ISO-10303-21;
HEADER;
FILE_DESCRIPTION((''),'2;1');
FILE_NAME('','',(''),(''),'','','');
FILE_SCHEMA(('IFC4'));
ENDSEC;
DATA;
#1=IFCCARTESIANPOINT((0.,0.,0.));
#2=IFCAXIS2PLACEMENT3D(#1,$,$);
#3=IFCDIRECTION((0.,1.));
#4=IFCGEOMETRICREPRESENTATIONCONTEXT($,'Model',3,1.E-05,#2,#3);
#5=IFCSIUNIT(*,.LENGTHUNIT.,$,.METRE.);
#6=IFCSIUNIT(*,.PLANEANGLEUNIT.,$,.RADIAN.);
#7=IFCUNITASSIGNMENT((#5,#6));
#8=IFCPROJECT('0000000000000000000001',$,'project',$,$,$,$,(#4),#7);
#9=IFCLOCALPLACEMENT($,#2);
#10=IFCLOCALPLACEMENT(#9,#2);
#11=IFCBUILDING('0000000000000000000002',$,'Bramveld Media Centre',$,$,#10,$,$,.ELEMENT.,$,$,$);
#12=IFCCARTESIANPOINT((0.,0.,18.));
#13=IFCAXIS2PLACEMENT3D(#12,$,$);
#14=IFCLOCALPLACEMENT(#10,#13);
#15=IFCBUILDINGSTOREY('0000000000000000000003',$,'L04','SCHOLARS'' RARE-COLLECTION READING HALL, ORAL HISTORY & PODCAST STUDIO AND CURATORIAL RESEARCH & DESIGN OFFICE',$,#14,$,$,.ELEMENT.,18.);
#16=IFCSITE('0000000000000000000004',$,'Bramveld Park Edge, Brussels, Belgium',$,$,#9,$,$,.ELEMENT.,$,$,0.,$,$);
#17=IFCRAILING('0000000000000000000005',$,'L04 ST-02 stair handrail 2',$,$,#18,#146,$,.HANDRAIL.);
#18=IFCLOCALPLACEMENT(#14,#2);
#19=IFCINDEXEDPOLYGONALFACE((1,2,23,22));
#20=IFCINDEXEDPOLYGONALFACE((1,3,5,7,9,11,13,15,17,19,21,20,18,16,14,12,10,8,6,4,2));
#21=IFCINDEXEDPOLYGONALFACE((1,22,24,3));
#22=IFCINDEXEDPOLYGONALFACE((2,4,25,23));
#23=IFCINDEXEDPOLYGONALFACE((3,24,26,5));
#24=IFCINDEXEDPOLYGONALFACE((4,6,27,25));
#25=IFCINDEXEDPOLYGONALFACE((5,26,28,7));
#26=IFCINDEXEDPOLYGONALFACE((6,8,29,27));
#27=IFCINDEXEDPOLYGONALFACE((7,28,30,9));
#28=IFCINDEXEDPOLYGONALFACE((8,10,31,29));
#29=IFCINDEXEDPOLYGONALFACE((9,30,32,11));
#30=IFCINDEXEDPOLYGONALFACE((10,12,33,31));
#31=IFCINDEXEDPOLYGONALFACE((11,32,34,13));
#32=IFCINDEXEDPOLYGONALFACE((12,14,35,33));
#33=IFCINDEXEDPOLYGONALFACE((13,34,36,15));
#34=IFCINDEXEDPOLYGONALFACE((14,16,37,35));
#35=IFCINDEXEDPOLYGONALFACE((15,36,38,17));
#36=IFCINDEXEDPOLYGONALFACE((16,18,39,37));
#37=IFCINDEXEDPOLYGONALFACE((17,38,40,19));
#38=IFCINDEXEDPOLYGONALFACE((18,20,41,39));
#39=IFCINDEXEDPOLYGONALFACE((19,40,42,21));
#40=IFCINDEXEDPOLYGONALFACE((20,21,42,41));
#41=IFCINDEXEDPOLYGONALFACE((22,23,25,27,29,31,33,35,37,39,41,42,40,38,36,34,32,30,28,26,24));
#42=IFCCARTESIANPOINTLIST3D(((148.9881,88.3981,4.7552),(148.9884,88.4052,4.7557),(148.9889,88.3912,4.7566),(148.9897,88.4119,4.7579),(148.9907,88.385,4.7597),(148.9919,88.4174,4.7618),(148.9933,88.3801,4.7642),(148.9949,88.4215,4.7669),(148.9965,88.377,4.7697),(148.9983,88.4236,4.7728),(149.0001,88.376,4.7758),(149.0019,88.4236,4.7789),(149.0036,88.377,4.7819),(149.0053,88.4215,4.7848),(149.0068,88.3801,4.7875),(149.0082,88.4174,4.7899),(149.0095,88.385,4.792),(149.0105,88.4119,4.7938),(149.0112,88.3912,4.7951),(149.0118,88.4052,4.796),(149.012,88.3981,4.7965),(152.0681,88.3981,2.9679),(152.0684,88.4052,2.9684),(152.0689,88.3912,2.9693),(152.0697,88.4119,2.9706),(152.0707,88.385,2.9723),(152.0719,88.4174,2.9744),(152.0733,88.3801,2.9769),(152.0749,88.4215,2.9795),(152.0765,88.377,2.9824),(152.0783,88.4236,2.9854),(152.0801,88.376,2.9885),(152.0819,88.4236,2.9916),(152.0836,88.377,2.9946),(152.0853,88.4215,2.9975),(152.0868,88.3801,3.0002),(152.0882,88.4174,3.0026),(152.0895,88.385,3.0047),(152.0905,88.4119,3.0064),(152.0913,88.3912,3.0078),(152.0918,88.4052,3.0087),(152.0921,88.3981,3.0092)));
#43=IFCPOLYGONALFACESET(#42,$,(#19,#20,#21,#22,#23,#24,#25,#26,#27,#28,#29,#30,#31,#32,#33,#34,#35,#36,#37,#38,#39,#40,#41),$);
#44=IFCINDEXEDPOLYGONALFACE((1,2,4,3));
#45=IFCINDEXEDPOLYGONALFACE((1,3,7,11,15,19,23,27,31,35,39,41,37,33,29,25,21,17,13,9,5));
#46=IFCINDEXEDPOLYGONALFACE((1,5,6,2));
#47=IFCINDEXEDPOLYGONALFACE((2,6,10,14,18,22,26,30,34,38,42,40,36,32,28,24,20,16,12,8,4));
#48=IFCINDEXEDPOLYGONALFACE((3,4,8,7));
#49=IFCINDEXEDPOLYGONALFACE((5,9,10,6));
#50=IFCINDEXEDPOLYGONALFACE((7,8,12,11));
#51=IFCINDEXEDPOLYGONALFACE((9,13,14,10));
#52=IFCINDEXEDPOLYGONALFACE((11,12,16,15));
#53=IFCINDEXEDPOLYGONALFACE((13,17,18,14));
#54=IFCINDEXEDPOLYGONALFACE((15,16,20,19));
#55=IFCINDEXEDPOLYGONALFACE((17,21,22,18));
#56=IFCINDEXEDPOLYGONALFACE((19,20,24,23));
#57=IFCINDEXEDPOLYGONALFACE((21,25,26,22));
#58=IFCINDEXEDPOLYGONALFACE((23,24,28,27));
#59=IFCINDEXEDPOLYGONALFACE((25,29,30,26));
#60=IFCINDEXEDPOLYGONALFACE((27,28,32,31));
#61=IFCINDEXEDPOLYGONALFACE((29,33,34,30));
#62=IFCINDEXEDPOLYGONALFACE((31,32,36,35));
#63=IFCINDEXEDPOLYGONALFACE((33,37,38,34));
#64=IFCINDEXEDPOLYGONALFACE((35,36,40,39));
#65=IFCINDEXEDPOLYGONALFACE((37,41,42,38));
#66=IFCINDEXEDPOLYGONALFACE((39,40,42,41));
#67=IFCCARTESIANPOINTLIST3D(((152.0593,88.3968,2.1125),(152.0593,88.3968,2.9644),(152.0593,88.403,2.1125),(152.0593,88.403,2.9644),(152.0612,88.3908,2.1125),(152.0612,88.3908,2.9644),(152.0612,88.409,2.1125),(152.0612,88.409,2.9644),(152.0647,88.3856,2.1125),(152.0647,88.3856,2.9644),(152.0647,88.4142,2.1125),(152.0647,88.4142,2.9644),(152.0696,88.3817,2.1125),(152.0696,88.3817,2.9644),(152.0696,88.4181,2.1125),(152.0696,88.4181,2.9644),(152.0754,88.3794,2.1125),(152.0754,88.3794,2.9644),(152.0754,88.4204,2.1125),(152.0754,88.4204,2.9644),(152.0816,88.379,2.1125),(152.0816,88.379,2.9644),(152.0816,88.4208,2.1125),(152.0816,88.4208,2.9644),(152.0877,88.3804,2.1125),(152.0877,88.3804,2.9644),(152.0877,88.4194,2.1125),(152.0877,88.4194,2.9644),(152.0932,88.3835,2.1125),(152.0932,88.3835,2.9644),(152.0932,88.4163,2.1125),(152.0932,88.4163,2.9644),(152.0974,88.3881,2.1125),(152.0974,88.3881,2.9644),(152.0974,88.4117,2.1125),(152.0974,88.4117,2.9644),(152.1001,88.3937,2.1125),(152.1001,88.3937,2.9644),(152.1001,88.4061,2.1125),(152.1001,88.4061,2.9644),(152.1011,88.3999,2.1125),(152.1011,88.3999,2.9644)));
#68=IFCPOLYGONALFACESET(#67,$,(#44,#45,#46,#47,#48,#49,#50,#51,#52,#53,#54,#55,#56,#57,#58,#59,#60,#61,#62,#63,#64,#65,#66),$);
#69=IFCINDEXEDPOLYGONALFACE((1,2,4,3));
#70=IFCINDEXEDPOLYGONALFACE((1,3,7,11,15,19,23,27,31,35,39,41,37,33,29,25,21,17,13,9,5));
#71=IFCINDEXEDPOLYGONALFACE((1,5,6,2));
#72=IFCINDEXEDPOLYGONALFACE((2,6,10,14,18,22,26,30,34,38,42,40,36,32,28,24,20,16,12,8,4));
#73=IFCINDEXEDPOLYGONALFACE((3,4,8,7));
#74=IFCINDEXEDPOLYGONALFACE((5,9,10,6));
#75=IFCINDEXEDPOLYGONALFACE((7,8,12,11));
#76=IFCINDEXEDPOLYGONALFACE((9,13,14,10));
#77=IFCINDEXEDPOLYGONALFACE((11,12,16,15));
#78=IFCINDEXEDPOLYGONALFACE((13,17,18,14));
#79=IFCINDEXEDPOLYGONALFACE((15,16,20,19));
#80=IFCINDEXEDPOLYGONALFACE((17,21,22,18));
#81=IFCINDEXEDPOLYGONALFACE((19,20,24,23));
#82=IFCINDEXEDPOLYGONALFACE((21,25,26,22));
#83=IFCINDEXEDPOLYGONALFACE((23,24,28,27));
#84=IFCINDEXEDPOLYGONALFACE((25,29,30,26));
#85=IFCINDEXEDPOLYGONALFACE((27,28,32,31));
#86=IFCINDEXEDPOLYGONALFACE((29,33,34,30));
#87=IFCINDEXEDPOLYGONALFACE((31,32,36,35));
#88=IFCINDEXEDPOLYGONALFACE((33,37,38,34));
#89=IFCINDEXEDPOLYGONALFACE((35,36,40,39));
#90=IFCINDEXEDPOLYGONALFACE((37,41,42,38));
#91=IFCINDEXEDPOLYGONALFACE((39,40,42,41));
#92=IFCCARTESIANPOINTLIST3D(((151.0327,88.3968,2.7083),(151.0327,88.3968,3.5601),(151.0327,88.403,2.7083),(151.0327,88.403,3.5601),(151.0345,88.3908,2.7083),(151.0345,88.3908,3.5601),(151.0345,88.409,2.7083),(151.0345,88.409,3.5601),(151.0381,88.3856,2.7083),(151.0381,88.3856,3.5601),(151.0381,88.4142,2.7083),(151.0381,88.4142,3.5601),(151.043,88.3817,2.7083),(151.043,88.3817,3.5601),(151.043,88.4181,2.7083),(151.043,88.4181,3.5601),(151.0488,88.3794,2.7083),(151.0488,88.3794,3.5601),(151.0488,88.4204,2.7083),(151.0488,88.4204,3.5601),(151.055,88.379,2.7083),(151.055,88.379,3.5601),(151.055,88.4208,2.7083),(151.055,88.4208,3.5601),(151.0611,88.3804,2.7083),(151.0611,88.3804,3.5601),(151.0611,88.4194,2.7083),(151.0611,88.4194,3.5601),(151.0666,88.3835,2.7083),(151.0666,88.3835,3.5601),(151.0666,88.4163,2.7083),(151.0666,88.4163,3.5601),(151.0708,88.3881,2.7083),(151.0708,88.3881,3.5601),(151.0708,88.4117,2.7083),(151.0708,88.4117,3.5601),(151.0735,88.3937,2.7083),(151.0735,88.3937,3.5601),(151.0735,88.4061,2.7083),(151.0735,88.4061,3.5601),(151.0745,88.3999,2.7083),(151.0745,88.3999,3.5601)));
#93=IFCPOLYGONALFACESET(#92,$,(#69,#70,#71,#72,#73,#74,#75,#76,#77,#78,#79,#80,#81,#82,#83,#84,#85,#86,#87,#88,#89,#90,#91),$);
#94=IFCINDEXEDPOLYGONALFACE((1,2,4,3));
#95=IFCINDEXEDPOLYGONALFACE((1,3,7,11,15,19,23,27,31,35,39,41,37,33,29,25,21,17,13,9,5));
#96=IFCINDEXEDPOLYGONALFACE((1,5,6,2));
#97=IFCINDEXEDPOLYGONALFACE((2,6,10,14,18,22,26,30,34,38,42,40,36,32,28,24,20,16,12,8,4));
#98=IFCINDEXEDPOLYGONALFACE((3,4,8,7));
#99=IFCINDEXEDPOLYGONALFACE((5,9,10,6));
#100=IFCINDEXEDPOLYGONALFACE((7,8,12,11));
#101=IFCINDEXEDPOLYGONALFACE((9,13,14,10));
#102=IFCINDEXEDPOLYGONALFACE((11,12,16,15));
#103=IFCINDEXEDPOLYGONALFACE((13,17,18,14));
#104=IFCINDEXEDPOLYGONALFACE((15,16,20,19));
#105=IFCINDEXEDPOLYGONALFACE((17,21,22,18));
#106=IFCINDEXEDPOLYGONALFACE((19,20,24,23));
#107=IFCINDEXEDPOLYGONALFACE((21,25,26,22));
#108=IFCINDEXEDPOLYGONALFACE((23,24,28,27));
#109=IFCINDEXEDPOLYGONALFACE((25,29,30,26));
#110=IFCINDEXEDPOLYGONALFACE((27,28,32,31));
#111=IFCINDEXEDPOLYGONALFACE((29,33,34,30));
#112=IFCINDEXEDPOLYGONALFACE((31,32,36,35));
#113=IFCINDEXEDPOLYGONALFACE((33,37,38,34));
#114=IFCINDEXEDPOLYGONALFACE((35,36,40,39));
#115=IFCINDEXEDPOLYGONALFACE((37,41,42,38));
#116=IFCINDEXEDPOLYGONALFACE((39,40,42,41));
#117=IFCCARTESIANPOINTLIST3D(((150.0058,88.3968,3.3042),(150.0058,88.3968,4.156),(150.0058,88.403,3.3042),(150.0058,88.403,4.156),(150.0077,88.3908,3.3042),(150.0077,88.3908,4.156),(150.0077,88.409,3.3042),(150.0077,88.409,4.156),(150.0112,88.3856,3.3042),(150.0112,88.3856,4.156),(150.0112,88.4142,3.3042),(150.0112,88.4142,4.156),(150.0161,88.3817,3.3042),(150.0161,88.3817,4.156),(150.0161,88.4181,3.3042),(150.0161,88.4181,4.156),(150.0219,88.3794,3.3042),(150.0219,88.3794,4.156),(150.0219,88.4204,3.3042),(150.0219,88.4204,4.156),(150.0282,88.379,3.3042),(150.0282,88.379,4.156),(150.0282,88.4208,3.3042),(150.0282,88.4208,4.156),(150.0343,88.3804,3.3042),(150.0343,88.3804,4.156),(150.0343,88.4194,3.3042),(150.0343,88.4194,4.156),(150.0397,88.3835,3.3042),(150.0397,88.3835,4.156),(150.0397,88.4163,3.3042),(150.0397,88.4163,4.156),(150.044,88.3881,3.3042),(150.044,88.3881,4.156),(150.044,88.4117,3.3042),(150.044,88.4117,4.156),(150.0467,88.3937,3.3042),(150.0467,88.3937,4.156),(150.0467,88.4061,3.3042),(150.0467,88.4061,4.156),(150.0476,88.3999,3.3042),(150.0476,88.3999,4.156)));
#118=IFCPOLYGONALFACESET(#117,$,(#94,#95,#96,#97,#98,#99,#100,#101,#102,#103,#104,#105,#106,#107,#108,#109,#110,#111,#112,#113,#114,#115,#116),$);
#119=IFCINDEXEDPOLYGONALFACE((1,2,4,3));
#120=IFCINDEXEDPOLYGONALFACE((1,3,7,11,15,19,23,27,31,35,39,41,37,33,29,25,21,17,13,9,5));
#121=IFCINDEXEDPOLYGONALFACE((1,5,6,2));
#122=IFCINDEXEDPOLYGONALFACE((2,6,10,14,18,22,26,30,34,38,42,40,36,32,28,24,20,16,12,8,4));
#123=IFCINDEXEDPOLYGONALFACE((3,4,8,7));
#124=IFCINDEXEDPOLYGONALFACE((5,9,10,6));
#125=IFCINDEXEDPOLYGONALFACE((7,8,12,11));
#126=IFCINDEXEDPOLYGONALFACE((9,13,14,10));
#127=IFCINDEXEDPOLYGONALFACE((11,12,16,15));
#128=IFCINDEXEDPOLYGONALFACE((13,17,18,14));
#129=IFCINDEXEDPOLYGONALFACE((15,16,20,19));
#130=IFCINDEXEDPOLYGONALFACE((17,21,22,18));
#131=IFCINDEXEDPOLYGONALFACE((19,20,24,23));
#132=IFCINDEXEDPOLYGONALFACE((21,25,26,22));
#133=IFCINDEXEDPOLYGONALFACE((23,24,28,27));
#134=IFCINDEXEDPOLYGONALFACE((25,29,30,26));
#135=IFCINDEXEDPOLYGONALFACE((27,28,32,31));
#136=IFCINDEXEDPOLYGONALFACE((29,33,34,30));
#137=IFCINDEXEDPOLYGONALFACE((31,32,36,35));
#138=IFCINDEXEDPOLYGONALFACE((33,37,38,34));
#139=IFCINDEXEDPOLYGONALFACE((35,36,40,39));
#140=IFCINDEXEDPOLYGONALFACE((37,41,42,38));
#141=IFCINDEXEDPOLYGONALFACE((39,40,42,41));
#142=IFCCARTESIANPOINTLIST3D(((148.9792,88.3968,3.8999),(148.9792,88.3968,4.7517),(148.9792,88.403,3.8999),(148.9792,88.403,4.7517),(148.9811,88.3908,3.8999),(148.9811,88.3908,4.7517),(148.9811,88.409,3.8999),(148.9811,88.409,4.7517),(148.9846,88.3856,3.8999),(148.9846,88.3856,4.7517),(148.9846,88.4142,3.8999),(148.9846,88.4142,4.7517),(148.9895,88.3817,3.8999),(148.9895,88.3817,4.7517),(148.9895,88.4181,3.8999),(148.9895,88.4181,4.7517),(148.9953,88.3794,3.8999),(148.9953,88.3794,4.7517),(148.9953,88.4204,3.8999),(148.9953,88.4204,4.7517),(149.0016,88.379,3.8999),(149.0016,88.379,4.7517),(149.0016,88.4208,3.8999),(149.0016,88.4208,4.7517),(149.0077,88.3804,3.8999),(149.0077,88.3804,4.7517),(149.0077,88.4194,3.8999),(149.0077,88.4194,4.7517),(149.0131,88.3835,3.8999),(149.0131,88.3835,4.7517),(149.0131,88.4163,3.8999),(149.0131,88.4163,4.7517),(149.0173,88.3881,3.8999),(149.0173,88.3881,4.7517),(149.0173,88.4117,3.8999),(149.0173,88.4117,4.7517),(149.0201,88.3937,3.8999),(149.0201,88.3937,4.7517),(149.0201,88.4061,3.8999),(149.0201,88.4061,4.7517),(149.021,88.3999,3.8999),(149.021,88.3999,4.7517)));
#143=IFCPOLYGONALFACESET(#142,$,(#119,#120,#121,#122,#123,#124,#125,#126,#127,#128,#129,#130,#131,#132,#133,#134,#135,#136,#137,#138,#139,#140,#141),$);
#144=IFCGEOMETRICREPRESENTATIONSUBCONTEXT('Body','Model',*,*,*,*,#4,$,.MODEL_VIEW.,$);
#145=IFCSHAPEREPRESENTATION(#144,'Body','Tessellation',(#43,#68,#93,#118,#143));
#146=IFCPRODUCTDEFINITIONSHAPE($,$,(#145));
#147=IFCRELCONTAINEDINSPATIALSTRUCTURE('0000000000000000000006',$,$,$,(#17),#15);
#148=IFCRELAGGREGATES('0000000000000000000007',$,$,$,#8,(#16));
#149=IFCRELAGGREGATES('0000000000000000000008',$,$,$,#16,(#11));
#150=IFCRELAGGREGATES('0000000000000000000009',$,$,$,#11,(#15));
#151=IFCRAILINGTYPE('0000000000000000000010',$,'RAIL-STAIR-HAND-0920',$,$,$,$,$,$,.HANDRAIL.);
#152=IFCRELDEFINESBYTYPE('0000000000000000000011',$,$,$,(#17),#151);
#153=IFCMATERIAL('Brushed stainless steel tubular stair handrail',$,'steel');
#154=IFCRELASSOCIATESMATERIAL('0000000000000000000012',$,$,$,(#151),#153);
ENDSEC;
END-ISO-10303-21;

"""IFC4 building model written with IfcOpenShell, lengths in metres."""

from ifc_helpers import new_model, si_unit, direction, frame, origin, origin_2d, place, context, subcontext, project, spatial, circle, extrude, material, type_object, element, save


model = new_model("IFC4")

# Units and contexts
model_context = context("Model", 3, precision=1e-05, world=origin(), true_north=direction((0.0, 1.0)))
body_context = subcontext(model_context, "Body", "Model", "MODEL_VIEW")
ifc_project = project(units=[si_unit("LENGTHUNIT", "METRE"), si_unit("PLANEANGLEUNIT", "RADIAN")], contexts=[model_context])

# Site, building, storey
site_placement = place(None, origin())
site = spatial("IfcSite", under=ifc_project, at=site_placement, Name="Bramveld Park Edge, Brussels, Belgium", CompositionType="ELEMENT", RefElevation=0.0)
building_placement = place(site_placement, origin())
building = spatial("IfcBuilding", under=site, at=building_placement, Name="Bramveld Media Centre", CompositionType="ELEMENT")
storey_placement = place(building_placement, frame((0.0, 0.0, 18.0)))
storey = spatial("IfcBuildingStorey", under=building, at=storey_placement, Name="L04", Description="SCHOLARS' RARE-COLLECTION READING HALL, ORAL HISTORY & PODCAST STUDIO AND CURATORIAL RESEARCH & DESIGN OFFICE", CompositionType="ELEMENT", Elevation=18.0)

# Railing
ifc_material_1 = material(Name="Brushed stainless steel tubular stair handrail", Category="steel")
railing_type_1 = type_object("IfcRailingType", Name="RAIL-STAIR-HAND-0920", PredefinedType="HANDRAIL", material=ifc_material_1)
railing_1_placement = place(storey_placement, frame((152.0801, 88.3999, 2.1125)))
element("IfcRailing", 1, at=railing_1_placement, inside=storey, type_object=railing_type_1, Name="L04 ST-02 stair handrail 2", PredefinedType="HANDRAIL", context=body_context, shape_type="SweptSolid", body=[
    extrude(circle(Radius=0.0239, at=origin_2d()), frame((0.0, 0.0, 0.876), z_axis=(-0.86492, 0.0, 0.501909), x_axis=(0.0, -1.0, 0.0)), (0.0, 0.0, 1.0), 3.561),
    extrude(circle(Radius=0.021, at=origin_2d()), origin(), (0.0, 0.0, 1.0), 0.8518),
    extrude(circle(Radius=0.021, at=origin_2d()), frame((-1.0266, 0.0, 0.5957)), (0.0, 0.0, 1.0), 0.8518),
    extrude(circle(Radius=0.021, at=origin_2d()), frame((-2.0535, 0.0, 1.1917)), (0.0, 0.0, 1.0), 0.8518),
    extrude(circle(Radius=0.021, at=origin_2d()), frame((-3.0801, 0.0, 1.7874)), (0.0, 0.0, 1.0), 0.8518),
])

save(model, "model.ifc")
